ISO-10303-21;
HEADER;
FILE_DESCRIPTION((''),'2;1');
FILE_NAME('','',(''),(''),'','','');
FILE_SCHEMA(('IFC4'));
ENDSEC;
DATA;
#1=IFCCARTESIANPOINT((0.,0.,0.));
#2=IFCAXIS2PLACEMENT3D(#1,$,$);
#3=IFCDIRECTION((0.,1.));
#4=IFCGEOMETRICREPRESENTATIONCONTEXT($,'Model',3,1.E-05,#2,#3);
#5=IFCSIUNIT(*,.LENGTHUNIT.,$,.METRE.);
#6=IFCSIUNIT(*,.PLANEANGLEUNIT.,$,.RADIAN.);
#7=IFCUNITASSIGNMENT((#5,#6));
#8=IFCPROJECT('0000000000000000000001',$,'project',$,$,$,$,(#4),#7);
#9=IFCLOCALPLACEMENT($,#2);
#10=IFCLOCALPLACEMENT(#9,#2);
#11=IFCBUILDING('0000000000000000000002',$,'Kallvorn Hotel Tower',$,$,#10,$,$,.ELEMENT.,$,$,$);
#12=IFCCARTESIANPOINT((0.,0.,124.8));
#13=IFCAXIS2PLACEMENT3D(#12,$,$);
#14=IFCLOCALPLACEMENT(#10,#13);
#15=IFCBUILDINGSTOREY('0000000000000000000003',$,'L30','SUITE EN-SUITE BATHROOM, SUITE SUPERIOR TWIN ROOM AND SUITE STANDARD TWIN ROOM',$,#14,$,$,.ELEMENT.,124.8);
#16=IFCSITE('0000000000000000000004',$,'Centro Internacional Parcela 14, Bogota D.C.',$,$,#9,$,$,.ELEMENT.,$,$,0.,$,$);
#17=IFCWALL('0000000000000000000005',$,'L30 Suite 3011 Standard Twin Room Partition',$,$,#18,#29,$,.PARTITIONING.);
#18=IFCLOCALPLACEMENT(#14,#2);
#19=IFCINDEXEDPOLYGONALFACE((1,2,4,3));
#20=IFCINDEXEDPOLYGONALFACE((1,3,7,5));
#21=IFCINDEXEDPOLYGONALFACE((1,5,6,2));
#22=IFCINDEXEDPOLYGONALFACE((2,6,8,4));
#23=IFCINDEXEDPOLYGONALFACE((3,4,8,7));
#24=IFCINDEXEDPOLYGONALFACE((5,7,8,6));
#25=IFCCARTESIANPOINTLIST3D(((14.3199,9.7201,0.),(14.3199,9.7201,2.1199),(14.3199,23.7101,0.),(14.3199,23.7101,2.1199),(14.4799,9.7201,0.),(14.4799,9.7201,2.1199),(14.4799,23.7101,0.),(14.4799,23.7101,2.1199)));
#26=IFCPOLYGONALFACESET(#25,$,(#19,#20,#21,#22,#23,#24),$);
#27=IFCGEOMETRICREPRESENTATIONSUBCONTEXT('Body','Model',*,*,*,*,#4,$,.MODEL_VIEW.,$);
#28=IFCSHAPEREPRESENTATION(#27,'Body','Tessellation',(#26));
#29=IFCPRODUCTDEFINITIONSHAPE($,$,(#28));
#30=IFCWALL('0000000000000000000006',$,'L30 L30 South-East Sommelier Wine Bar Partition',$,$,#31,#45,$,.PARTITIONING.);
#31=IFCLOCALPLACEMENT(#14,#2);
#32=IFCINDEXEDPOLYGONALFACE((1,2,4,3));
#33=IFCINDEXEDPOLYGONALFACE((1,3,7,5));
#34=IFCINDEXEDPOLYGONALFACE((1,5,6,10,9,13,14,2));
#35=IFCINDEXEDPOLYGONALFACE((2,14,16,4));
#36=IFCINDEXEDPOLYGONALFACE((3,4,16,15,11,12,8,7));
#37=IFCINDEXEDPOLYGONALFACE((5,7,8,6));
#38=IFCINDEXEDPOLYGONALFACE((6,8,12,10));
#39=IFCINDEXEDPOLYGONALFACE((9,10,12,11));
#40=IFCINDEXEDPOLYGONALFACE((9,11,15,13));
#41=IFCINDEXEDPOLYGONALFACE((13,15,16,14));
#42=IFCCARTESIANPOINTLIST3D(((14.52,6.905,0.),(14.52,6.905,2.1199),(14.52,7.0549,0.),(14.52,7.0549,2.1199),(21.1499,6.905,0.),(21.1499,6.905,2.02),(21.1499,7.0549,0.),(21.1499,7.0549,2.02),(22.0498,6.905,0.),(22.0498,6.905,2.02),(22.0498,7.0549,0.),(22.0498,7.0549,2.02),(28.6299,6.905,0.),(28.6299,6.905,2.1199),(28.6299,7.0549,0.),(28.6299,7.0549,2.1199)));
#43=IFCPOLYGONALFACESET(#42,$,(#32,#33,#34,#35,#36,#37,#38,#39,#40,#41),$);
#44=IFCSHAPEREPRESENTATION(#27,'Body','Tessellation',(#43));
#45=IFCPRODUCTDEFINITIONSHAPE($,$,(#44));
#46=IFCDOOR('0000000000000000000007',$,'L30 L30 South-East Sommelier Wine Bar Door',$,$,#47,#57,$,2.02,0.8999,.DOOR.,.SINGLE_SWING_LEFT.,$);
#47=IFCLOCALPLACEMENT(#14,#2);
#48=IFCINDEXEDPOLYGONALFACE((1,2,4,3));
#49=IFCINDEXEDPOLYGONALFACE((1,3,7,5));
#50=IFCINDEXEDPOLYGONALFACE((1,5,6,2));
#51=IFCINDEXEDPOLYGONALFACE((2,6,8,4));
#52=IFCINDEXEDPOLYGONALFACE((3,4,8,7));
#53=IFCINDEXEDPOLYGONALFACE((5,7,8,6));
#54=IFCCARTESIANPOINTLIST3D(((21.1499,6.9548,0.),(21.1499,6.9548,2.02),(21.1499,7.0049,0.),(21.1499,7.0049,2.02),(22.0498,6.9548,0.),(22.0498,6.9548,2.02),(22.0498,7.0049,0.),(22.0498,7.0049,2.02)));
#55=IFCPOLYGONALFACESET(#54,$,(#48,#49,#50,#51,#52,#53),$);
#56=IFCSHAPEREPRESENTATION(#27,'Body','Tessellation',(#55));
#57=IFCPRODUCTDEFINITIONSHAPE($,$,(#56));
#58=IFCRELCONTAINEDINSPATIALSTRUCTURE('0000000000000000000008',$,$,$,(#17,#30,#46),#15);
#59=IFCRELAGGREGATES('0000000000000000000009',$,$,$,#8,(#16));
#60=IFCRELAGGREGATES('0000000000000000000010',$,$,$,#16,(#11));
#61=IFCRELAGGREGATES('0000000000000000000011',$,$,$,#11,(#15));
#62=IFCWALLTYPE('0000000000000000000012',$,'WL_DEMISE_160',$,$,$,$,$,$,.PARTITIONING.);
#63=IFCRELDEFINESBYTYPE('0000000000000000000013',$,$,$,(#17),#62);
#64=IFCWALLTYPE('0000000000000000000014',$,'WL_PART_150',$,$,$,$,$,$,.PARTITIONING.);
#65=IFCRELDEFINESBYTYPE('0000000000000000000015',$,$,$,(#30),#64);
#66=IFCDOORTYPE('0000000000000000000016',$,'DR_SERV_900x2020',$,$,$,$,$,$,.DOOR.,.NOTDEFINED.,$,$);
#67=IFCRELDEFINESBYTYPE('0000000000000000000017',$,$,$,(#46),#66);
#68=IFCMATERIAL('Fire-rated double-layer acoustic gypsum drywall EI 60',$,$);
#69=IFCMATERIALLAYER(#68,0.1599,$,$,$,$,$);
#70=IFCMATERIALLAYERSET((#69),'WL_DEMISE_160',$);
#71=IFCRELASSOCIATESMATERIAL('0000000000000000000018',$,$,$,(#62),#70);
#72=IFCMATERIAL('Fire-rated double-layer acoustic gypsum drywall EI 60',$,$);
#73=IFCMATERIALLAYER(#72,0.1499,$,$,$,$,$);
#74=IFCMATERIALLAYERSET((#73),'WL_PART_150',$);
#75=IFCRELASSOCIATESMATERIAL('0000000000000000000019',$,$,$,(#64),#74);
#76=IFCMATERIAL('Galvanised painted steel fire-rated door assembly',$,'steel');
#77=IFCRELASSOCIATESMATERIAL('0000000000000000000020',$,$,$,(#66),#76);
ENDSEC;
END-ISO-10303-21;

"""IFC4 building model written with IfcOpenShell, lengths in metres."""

from ifc_helpers import new_model, si_unit, direction, frame, frame_2d, origin, place, context, subcontext, project, spatial, rectangle, extrude, material, layer, layer_set, type_object, element, fill, save


model = new_model("IFC4")

# Units and contexts
model_context = context("Model", 3, precision=1e-05, world=origin(), true_north=direction((0.0, 1.0)))
body_context = subcontext(model_context, "Body", "Model", "MODEL_VIEW")
ifc_project = project(units=[si_unit("LENGTHUNIT", "METRE"), si_unit("PLANEANGLEUNIT", "RADIAN")], contexts=[model_context])

# Site, building, storey
site_placement = place(None, origin())
site = spatial("IfcSite", under=ifc_project, at=site_placement, Name="Centro Internacional Parcela 14, Bogota D.C.", CompositionType="ELEMENT", RefElevation=0.0)
building_placement = place(site_placement, origin())
building = spatial("IfcBuilding", under=site, at=building_placement, Name="Kallvorn Hotel Tower", CompositionType="ELEMENT")
storey_placement = place(building_placement, frame((0.0, 0.0, 124.8)))
storey = spatial("IfcBuildingStorey", under=building, at=storey_placement, Name="L30", Description="SUITE EN-SUITE BATHROOM, SUITE SUPERIOR TWIN ROOM AND SUITE STANDARD TWIN ROOM", CompositionType="ELEMENT", Elevation=124.8)

# Wall
ifc_material_1 = material(Name="Fire-rated double-layer acoustic gypsum drywall EI 60")
ifc_layer_1 = layer(ifc_material_1, 0.1599)
ifc_layer_set_1 = layer_set([ifc_layer_1], Name="WL_DEMISE_160")
wall_type_1 = type_object("IfcWallType", Name="WL_DEMISE_160", PredefinedType="PARTITIONING", material=ifc_layer_set_1)
wall_1_placement = place(storey_placement, frame((14.3999, 9.72, 0.0), z_axis=(0.0, 0.0, 1.0), x_axis=(0.0, 1.0, 0.0)))
element("IfcWall", 1, at=wall_1_placement, inside=storey, type_object=wall_type_1, Name="L30 Suite 3011 Standard Twin Room Partition", PredefinedType="PARTITIONING", context=body_context, shape_type="SweptSolid", body=[
    extrude(rectangle(XDim=13.99, YDim=0.1599, at=frame_2d((6.9951, 0.0))), origin(), (0.0, 0.0, 1.0), 2.1199),
])

# Wall, opening, door
ifc_material_2 = material(Name="Fire-rated double-layer acoustic gypsum drywall EI 60")
ifc_layer_2 = layer(ifc_material_2, 0.1499)
ifc_layer_set_2 = layer_set([ifc_layer_2], Name="WL_PART_150")
wall_type_2 = type_object("IfcWallType", Name="WL_PART_150", PredefinedType="PARTITIONING", material=ifc_layer_set_2)
wall_2_placement = place(storey_placement, frame((14.52, 6.98, 0.0), z_axis=(0.0, 0.0, 1.0), x_axis=(1.0, 0.0, 0.0)))
wall_2 = element("IfcWall", 2, at=wall_2_placement, inside=storey, type_object=wall_type_2, Name="L30 L30 South-East Sommelier Wine Bar Partition", PredefinedType="PARTITIONING", context=body_context, shape_type="SweptSolid", body=[
    extrude(rectangle(XDim=14.1099, YDim=0.1499, at=frame_2d((7.0549, 0.0))), origin(), (0.0, 0.0, 1.0), 2.1199),
])
opening_placement = place(wall_2_placement, frame((6.6299, 0.0, 0.0)))
opening = element("IfcOpeningElement", 3, at=opening_placement, cuts=wall_2, PredefinedType="OPENING", context=body_context, shape_type="SweptSolid", body=[
    extrude(rectangle(XDim=0.8999, YDim=2.02, at=frame_2d((0.45, 1.01))), frame((0.0, 0.0898, 0.0), z_axis=(0.0, -1.0, 0.0), x_axis=(1.0, 0.0, 0.0)), (0.0, 0.0, 1.0), 0.1799),
])
ifc_material_3 = material(Name="Galvanised painted steel fire-rated door assembly", Category="steel")
door_type = type_object("IfcDoorType", Name="DR_SERV_900x2020", OperationType="NOTDEFINED", PredefinedType="DOOR", material=ifc_material_3)
door_placement = place(opening_placement, origin())
door = element("IfcDoor", 4, at=door_placement, inside=storey, type_object=door_type, Name="L30 L30 South-East Sommelier Wine Bar Door", OperationType="SINGLE_SWING_LEFT", OverallHeight=2.02, OverallWidth=0.8999, PredefinedType="DOOR", context=body_context, shape_type="SweptSolid", body=[
    extrude(rectangle(XDim=0.8999, YDim=2.02, at=frame_2d((0.45, 1.01))), frame((0.0, 0.0249, 0.0), z_axis=(0.0, -1.0, 0.0), x_axis=(1.0, 0.0, 0.0)), (0.0, 0.0, 1.0), 0.05),
])
fill(opening, door)

save(model, "model.ifc")
